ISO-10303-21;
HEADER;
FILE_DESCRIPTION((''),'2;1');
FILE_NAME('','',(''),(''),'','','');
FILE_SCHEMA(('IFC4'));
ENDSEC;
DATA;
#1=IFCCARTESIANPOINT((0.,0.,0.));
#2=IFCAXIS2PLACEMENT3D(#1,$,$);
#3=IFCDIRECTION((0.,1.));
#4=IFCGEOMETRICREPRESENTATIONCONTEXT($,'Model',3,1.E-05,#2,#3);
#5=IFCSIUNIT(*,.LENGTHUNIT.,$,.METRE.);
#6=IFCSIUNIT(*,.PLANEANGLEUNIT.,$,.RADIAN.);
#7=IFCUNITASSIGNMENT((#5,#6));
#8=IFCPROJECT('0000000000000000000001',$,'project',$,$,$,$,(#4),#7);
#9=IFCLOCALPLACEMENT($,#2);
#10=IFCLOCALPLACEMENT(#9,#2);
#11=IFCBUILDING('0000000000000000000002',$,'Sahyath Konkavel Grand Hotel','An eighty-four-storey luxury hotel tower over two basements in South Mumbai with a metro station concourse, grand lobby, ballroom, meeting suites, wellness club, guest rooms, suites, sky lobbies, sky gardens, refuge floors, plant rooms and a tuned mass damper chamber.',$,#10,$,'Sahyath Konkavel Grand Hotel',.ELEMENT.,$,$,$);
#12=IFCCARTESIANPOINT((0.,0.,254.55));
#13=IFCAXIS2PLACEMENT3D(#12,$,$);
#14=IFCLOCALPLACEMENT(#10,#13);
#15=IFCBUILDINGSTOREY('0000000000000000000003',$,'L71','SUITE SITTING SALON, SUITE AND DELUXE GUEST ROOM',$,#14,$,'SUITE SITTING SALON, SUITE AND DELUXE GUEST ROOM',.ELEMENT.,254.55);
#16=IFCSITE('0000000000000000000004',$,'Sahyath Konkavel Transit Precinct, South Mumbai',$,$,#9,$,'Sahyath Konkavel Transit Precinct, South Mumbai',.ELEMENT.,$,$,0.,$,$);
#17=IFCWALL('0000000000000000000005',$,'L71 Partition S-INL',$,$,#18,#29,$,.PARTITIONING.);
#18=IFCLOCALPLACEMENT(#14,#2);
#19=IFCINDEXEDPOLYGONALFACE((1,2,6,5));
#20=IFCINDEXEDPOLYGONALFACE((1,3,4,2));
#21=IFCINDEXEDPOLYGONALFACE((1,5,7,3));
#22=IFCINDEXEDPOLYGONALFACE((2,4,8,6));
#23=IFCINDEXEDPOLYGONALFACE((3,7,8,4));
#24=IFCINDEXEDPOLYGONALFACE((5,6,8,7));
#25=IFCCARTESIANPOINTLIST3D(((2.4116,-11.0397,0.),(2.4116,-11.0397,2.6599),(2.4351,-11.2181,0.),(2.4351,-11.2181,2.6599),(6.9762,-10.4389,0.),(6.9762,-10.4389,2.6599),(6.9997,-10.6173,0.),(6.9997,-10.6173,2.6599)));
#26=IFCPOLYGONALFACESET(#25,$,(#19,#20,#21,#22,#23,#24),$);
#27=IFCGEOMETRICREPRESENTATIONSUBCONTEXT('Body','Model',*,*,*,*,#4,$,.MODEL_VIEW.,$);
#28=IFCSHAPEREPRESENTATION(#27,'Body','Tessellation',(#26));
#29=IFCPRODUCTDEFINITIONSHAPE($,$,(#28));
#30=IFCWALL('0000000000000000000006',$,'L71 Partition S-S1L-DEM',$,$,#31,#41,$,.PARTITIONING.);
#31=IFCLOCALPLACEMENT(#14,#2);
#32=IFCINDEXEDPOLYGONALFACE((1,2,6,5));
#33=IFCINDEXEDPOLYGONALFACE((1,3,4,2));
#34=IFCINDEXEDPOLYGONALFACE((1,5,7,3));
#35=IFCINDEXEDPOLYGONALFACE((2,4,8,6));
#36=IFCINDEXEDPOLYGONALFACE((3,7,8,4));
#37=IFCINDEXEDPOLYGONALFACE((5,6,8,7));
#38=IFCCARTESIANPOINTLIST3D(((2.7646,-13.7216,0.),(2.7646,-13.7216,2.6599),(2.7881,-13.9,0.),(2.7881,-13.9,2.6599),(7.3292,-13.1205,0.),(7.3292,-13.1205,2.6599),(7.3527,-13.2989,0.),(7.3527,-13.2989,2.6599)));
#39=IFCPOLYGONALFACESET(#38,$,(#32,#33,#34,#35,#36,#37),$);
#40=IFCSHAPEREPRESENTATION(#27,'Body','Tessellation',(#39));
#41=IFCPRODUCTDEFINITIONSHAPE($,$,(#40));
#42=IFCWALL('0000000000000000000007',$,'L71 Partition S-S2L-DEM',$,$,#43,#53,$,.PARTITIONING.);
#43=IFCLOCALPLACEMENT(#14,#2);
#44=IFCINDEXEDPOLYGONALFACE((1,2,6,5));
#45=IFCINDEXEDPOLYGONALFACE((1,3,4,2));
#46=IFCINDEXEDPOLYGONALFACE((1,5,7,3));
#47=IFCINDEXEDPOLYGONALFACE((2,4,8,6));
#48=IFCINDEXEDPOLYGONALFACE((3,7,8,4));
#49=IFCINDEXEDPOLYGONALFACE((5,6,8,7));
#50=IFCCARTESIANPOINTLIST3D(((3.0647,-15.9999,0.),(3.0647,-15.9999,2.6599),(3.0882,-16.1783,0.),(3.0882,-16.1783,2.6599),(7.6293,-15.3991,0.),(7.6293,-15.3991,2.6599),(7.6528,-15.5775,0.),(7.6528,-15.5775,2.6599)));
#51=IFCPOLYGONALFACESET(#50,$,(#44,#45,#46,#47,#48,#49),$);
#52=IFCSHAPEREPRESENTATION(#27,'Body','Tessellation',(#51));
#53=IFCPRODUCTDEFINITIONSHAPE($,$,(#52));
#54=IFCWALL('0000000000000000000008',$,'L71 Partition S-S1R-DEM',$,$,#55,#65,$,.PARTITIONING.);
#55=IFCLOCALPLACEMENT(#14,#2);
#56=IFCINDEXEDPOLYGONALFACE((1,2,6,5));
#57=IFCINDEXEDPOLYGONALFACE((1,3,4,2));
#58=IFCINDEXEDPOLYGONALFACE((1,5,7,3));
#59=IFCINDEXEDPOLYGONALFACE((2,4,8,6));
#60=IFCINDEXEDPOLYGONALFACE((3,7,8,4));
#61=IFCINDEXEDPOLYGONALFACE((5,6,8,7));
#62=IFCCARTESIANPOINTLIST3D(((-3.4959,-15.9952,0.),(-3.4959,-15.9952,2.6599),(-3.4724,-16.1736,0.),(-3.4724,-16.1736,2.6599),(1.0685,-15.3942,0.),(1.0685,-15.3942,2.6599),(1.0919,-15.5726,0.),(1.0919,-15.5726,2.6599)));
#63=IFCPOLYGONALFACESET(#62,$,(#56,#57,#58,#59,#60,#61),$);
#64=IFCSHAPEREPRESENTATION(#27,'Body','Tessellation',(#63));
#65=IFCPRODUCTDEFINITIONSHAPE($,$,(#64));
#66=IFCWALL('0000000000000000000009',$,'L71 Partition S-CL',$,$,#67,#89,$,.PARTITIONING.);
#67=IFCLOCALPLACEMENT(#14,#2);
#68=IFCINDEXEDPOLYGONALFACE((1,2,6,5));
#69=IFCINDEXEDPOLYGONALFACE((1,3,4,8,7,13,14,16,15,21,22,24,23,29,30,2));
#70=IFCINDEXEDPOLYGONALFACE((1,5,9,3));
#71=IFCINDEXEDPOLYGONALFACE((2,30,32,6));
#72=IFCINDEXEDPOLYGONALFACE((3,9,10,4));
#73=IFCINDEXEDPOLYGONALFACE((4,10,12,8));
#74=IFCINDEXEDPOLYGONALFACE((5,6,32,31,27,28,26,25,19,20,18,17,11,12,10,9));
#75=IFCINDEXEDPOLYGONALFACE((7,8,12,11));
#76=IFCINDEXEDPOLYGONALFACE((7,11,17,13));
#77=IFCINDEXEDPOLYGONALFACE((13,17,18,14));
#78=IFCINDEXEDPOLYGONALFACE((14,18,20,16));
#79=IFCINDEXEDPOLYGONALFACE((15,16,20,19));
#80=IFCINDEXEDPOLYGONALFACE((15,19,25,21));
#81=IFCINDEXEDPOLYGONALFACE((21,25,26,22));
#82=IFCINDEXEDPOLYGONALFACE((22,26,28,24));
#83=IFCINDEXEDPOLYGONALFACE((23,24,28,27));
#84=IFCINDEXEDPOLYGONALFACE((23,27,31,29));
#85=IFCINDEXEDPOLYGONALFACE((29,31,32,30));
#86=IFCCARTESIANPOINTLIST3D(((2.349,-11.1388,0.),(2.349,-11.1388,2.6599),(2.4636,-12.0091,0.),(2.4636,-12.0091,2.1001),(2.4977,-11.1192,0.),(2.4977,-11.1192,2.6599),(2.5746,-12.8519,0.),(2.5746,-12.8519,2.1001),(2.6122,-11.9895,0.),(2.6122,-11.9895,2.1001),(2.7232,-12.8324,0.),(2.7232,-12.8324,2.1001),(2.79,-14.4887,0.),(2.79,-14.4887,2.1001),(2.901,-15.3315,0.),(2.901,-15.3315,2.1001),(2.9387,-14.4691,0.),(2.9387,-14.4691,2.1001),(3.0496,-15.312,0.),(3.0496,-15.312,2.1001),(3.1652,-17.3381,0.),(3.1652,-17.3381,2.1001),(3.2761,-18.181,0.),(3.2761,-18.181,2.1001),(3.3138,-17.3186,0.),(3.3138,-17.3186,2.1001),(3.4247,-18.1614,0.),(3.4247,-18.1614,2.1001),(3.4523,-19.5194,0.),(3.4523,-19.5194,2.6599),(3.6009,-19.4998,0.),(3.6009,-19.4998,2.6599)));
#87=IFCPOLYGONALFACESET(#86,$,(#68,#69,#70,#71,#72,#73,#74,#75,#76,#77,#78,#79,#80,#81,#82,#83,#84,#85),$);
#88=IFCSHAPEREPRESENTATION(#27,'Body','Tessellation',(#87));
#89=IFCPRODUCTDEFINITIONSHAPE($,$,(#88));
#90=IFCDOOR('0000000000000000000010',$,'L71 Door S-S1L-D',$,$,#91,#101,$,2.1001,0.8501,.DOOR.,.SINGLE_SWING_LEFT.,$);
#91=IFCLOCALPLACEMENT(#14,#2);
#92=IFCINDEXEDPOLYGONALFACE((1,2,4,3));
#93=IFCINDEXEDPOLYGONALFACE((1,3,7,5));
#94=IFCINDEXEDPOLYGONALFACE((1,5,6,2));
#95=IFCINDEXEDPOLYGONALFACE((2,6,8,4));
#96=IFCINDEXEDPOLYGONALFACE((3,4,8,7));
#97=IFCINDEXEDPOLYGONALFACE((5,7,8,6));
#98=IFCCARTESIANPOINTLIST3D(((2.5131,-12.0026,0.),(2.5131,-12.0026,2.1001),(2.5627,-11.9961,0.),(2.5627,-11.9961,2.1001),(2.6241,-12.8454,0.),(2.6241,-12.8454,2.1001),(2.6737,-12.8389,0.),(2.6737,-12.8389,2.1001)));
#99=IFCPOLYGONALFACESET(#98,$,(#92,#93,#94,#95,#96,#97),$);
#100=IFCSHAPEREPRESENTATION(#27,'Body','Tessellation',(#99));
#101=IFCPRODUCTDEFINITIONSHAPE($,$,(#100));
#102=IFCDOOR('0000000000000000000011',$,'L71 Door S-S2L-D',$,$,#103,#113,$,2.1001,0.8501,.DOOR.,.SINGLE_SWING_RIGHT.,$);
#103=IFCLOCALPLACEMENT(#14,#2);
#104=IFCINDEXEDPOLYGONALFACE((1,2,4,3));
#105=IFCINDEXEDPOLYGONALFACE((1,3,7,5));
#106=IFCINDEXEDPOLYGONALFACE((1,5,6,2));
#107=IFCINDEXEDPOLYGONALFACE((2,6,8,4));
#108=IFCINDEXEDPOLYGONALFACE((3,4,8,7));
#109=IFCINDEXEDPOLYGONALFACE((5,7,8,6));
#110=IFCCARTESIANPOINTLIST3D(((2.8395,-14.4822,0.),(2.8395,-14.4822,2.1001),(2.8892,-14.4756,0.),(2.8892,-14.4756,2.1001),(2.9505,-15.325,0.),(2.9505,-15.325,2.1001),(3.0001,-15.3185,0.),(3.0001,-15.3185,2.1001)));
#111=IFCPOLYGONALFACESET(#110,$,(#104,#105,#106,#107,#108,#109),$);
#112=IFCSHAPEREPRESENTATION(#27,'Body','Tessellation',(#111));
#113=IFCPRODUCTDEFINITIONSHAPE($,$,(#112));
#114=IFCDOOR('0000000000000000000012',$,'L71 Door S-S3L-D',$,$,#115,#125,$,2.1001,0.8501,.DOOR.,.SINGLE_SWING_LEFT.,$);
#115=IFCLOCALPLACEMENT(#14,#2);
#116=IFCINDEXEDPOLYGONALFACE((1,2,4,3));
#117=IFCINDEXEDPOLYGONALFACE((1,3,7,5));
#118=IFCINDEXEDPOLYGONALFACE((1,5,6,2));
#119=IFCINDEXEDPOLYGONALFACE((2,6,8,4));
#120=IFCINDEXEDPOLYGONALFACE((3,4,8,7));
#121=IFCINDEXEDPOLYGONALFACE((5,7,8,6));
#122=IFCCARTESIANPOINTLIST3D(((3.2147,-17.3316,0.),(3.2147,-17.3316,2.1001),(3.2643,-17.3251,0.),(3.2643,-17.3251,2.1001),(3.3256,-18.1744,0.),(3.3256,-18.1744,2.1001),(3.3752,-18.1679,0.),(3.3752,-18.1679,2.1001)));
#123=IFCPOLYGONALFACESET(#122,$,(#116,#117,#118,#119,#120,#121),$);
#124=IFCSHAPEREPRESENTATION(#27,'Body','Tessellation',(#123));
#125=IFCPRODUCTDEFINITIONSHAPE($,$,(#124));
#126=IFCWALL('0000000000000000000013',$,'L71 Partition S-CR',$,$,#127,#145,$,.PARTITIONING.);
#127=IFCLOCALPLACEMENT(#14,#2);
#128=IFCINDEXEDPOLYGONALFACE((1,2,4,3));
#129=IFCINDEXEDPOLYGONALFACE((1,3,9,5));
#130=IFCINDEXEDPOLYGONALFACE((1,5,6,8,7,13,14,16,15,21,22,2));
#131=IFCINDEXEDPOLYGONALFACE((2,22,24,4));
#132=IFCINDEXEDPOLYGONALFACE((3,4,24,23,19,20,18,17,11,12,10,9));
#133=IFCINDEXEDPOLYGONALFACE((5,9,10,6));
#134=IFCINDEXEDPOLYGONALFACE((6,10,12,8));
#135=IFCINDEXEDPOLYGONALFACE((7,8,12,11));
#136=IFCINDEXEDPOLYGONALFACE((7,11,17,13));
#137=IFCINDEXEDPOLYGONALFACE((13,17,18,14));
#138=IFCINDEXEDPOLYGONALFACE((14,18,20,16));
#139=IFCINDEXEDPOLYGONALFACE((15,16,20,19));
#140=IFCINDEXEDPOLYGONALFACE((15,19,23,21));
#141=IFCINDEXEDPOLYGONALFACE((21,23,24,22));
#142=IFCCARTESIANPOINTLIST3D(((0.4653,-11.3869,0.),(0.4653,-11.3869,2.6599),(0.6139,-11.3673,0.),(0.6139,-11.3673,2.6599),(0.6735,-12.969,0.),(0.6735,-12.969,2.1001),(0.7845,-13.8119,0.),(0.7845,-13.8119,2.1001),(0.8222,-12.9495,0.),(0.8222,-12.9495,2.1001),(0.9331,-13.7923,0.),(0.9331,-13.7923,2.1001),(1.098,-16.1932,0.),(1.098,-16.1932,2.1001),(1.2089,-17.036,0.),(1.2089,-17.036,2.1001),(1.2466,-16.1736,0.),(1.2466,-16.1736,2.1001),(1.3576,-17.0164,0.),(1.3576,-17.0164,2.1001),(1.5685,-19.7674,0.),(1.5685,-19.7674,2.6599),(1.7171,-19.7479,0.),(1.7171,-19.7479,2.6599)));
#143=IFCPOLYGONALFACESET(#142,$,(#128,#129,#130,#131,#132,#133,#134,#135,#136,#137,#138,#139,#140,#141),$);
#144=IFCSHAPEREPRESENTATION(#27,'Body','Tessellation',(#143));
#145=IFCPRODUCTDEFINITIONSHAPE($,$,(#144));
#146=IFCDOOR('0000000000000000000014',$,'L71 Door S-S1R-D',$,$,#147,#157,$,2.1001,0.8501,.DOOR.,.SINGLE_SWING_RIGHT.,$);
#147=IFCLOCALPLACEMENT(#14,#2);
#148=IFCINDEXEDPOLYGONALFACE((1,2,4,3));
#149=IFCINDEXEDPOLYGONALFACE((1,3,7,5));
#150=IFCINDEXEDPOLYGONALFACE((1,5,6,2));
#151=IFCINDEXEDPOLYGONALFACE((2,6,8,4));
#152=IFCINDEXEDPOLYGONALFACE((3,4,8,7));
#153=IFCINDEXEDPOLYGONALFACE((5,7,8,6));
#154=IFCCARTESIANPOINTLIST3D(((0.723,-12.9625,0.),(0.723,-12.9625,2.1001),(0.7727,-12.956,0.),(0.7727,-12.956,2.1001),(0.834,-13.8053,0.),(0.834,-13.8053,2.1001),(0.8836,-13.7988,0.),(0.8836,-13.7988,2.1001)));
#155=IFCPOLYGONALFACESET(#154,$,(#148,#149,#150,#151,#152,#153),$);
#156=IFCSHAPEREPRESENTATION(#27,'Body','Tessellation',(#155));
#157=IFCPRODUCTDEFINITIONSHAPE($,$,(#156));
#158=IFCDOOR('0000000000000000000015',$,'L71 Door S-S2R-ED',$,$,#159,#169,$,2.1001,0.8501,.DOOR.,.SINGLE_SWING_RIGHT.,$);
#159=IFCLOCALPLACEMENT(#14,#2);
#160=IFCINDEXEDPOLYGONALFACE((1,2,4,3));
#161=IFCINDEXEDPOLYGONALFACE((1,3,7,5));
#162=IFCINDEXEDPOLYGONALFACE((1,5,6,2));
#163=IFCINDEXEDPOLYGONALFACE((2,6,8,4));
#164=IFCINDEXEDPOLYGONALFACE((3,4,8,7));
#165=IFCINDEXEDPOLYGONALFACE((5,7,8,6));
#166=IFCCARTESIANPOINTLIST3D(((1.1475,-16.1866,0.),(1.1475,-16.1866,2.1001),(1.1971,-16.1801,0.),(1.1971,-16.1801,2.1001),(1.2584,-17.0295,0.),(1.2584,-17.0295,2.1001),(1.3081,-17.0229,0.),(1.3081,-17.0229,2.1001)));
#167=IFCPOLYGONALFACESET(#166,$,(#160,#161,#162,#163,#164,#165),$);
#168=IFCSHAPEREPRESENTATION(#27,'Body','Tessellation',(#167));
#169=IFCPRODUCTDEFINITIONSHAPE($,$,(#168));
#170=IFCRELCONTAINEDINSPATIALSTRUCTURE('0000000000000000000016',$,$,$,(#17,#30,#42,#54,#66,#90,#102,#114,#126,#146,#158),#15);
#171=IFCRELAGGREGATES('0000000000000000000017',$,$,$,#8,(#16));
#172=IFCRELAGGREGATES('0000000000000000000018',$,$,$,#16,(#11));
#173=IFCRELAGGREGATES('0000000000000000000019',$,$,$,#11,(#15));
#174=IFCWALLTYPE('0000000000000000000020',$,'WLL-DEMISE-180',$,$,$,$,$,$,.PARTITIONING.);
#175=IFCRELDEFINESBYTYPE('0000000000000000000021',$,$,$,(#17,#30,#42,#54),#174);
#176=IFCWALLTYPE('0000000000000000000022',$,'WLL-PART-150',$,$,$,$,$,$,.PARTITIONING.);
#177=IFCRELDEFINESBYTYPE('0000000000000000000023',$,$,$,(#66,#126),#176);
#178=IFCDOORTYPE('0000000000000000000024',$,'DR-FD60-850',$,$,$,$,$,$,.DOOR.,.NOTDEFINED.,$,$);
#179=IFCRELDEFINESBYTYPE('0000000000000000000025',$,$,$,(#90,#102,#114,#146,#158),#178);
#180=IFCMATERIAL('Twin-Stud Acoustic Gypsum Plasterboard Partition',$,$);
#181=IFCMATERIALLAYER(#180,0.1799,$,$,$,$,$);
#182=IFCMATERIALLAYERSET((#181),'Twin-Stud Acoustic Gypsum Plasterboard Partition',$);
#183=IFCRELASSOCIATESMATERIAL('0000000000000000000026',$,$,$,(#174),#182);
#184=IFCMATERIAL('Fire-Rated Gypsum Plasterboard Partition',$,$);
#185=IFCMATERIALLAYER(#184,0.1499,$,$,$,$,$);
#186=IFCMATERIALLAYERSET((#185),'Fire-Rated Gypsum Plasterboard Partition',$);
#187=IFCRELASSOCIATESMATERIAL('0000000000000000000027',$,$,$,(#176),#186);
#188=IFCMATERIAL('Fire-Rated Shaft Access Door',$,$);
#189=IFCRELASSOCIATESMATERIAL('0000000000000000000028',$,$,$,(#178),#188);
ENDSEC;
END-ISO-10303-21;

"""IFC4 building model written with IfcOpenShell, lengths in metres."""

from ifc_helpers import new_model, si_unit, direction, frame, frame_2d, origin, origin_2d, place, context, subcontext, project, spatial, rectangle, extrude, source, transform, mapped, material, layer, layer_set, type_object, element, fill, save


model = new_model("IFC4")

# Units and contexts
model_context = context("Model", 3, precision=1e-05, world=origin(), true_north=direction((0.0, 1.0)))
body_context = subcontext(model_context, "Body", "Model", "MODEL_VIEW")
ifc_project = project(units=[si_unit("LENGTHUNIT", "METRE"), si_unit("PLANEANGLEUNIT", "RADIAN")], contexts=[model_context])

# Site, building, storey
site_placement = place(None, origin())
site = spatial("IfcSite", under=ifc_project, at=site_placement, Name="Sahyath Konkavel Transit Precinct, South Mumbai", LongName="Sahyath Konkavel Transit Precinct, South Mumbai", CompositionType="ELEMENT", RefElevation=0.0)
building_placement = place(site_placement, origin())
building = spatial("IfcBuilding", under=site, at=building_placement, Name="Sahyath Konkavel Grand Hotel", Description="An eighty-four-storey luxury hotel tower over two basements in South Mumbai with a metro station concourse, grand lobby, ballroom, meeting suites, wellness club, guest rooms, suites, sky lobbies, sky gardens, refuge floors, plant rooms and a tuned mass damper chamber.", LongName="Sahyath Konkavel Grand Hotel", CompositionType="ELEMENT")
storey_placement = place(building_placement, frame((0.0, 0.0, 254.55)))
storey = spatial("IfcBuildingStorey", under=building, at=storey_placement, Name="L71", Description="SUITE SITTING SALON, SUITE AND DELUXE GUEST ROOM", LongName="SUITE SITTING SALON, SUITE AND DELUXE GUEST ROOM", CompositionType="ELEMENT", Elevation=254.55)

# Walls
ifc_material_1 = material(Name="Twin-Stud Acoustic Gypsum Plasterboard Partition")
ifc_layer_1 = layer(ifc_material_1, 0.1799)
ifc_layer_set_1 = layer_set([ifc_layer_1], Name="Twin-Stud Acoustic Gypsum Plasterboard Partition")
wall_type_1 = type_object("IfcWallType", Name="WLL-DEMISE-180", PredefinedType="PARTITIONING", material=ifc_layer_set_1)
for number, where, z_axis, x_axis, name in (
    (1, (2.4233, -11.1289, 0.0), (0.0, 0.0, 1.0), (0.991448, 0.1305, 0.0), "L71 Partition S-INL"),
    (2, (2.7764, -13.8108, 0.0), (0.0, 0.0, 1.0), (0.991441, 0.130552, 0.0), "L71 Partition S-S1L-DEM"),
    (3, (3.0764, -16.0891, 0.0), (0.0, 0.0, 1.0), (0.991448, 0.1305, 0.0), "L71 Partition S-S2L-DEM"),
):
    element("IfcWall", number, at=place(storey_placement, frame(where, z_axis=z_axis, x_axis=x_axis)), inside=storey, type_object=wall_type_1, Name=name, PredefinedType="PARTITIONING", context=body_context, shape_type="SweptSolid", body=[
        extrude(rectangle(XDim=4.604, YDim=0.1799, at=frame_2d((2.302, 0.0))), origin(), (0.0, 0.0, 1.0), 2.6599),
    ])
wall_1_placement = place(storey_placement, frame((1.0801, -15.4834, 0.0), z_axis=(0.0, 0.0, 1.0), x_axis=(-0.991441, -0.130559, 0.0)))
element("IfcWall", 4, at=wall_1_placement, inside=storey, type_object=wall_type_1, Name="L71 Partition S-S1R-DEM", PredefinedType="PARTITIONING", context=body_context, shape_type="SweptSolid", body=[
    extrude(rectangle(XDim=4.6038, YDim=0.1799, at=frame_2d((2.3018, 0.0))), origin(), (0.0, 0.0, 1.0), 2.6599),
])

# Walls, openings, doors
ifc_material_2 = material(Name="Fire-Rated Gypsum Plasterboard Partition")
ifc_layer_2 = layer(ifc_material_2, 0.1499)
ifc_layer_set_2 = layer_set([ifc_layer_2], Name="Fire-Rated Gypsum Plasterboard Partition")
wall_type_2 = type_object("IfcWallType", Name="WLL-PART-150", PredefinedType="PARTITIONING", material=ifc_layer_set_2)
wall_2_placement = place(storey_placement, frame((2.4233, -11.1289, 0.0), z_axis=(0.0, 0.0, 1.0), x_axis=(0.13052, -0.991446, 0.0)))
wall_2 = element("IfcWall", 5, at=wall_2_placement, inside=storey, type_object=wall_type_2, Name="L71 Partition S-CL", PredefinedType="PARTITIONING", context=body_context, shape_type="SweptSolid", body=[
    extrude(rectangle(XDim=8.4529, YDim=0.1499, at=frame_2d((4.2266, 0.0))), origin(), (0.0, 0.0, 1.0), 2.6599),
])
opening_1_placement = place(wall_2_placement, frame((0.8779, 0.0, 0.0)))
opening_1 = element("IfcOpeningElement", 6, at=opening_1_placement, cuts=wall_2, PredefinedType="OPENING", context=body_context, shape_type="SweptSolid", body=[
    extrude(rectangle(XDim=0.8501, YDim=2.1001, at=frame_2d((0.425, 1.05))), frame((0.0, 0.085, 0.0), z_axis=(0.0, -1.0, 0.0), x_axis=(1.0, 0.0, 0.0)), (0.0, 0.0, 1.0), 0.1699),
])
opening_2_placement = place(wall_2_placement, frame((3.3789, 0.0, 0.0)))
opening_2 = element("IfcOpeningElement", 7, at=opening_2_placement, cuts=wall_2, PredefinedType="OPENING", context=body_context, shape_type="SweptSolid", body=[
    extrude(rectangle(XDim=0.8501, YDim=2.1001, at=frame_2d((0.425, 1.05))), frame((0.0, 0.085, 0.0), z_axis=(0.0, -1.0, 0.0), x_axis=(1.0, 0.0, 0.0)), (0.0, 0.0, 1.0), 0.1699),
])
opening_3_placement = place(wall_2_placement, frame((6.2529, 0.0, 0.0)))
opening_3 = element("IfcOpeningElement", 8, at=opening_3_placement, cuts=wall_2, PredefinedType="OPENING", context=body_context, shape_type="SweptSolid", body=[
    extrude(rectangle(XDim=0.8501, YDim=2.1001, at=frame_2d((0.425, 1.05))), frame((0.0, 0.085, 0.0), z_axis=(0.0, -1.0, 0.0), x_axis=(1.0, 0.0, 0.0)), (0.0, 0.0, 1.0), 0.1699),
])
ifc_material_3 = material(Name="Fire-Rated Shaft Access Door")
door_type_1 = type_object("IfcDoorType", Name="DR-FD60-850", OperationType="NOTDEFINED", PredefinedType="DOOR", material=ifc_material_3)
shared_shape_1 = source(origin(), body_context, "Body", "SweptSolid", [
    extrude(rectangle(XDim=0.8501, YDim=0.05, at=origin_2d()), origin(), (0.0, 0.0, 1.0), 2.1001),
])
door_1_placement = place(opening_1_placement, frame((0.425, 0.0, 0.0)))
door_1 = element("IfcDoor", 9, at=door_1_placement, inside=storey, type_object=door_type_1, Name="L71 Door S-S1L-D", OperationType="SINGLE_SWING_LEFT", OverallHeight=2.1001, OverallWidth=0.8501, PredefinedType="DOOR", context=body_context, shape_type="MappedRepresentation", body=[
    mapped(shared_shape_1, transform((0.0, 0.0, 0.0), scale=1.0)),
])
fill(opening_1, door_1)
door_2_placement = place(opening_2_placement, frame((0.425, 0.0, 0.0)))
door_2 = element("IfcDoor", 10, at=door_2_placement, inside=storey, type_object=door_type_1, Name="L71 Door S-S2L-D", OperationType="SINGLE_SWING_RIGHT", OverallHeight=2.1001, OverallWidth=0.8501, PredefinedType="DOOR", context=body_context, shape_type="MappedRepresentation", body=[
    mapped(shared_shape_1, transform((0.0, 0.0, 0.0), scale=1.0)),
])
fill(opening_2, door_2)
door_3_placement = place(opening_3_placement, frame((0.425, 0.0, 0.0)))
door_3 = element("IfcDoor", 11, at=door_3_placement, inside=storey, type_object=door_type_1, Name="L71 Door S-S3L-D", OperationType="SINGLE_SWING_LEFT", OverallHeight=2.1001, OverallWidth=0.8501, PredefinedType="DOOR", context=body_context, shape_type="MappedRepresentation", body=[
    mapped(shared_shape_1, transform((0.0, 0.0, 0.0), scale=1.0)),
])
fill(opening_3, door_3)
wall_3_placement = place(storey_placement, frame((0.5396, -11.377, 0.0), z_axis=(0.0, 0.0, 1.0), x_axis=(0.13052, -0.991446, 0.0)))
wall_3 = element("IfcWall", 12, at=wall_3_placement, inside=storey, type_object=wall_type_2, Name="L71 Partition S-CR", PredefinedType="PARTITIONING", context=body_context, shape_type="SweptSolid", body=[
    extrude(rectangle(XDim=8.4529, YDim=0.1499, at=frame_2d((4.2266, 0.0))), origin(), (0.0, 0.0, 1.0), 2.6599),
])
opening_4_placement = place(wall_3_placement, frame((1.5959, 0.0, 0.0)))
opening_4 = element("IfcOpeningElement", 13, at=opening_4_placement, cuts=wall_3, PredefinedType="OPENING", context=body_context, shape_type="SweptSolid", body=[
    extrude(rectangle(XDim=0.8501, YDim=2.1001, at=frame_2d((0.425, 1.05))), frame((0.0, 0.085, 0.0), z_axis=(0.0, -1.0, 0.0), x_axis=(1.0, 0.0, 0.0)), (0.0, 0.0, 1.0), 0.1699),
])
opening_5_placement = place(wall_3_placement, frame((4.8479, 0.0, 0.0)))
opening_5 = element("IfcOpeningElement", 14, at=opening_5_placement, cuts=wall_3, PredefinedType="OPENING", context=body_context, shape_type="SweptSolid", body=[
    extrude(rectangle(XDim=0.8501, YDim=2.1001, at=frame_2d((0.425, 1.05))), frame((0.0, 0.085, 0.0), z_axis=(0.0, -1.0, 0.0), x_axis=(1.0, 0.0, 0.0)), (0.0, 0.0, 1.0), 0.1699),
])
door_4_placement = place(opening_4_placement, frame((0.425, 0.0, 0.0)))
door_4 = element("IfcDoor", 15, at=door_4_placement, inside=storey, type_object=door_type_1, Name="L71 Door S-S1R-D", OperationType="SINGLE_SWING_RIGHT", OverallHeight=2.1001, OverallWidth=0.8501, PredefinedType="DOOR", context=body_context, shape_type="MappedRepresentation", body=[
    mapped(shared_shape_1, transform((0.0, 0.0, 0.0), scale=1.0)),
])
fill(opening_4, door_4)
door_5_placement = place(opening_5_placement, frame((0.425, 0.0, 0.0)))
door_5 = element("IfcDoor", 16, at=door_5_placement, inside=storey, type_object=door_type_1, Name="L71 Door S-S2R-ED", OperationType="SINGLE_SWING_RIGHT", OverallHeight=2.1001, OverallWidth=0.8501, PredefinedType="DOOR", context=body_context, shape_type="MappedRepresentation", body=[
    mapped(shared_shape_1, transform((0.0, 0.0, 0.0), scale=1.0)),
])
fill(opening_5, door_5)

save(model, "model.ifc")
